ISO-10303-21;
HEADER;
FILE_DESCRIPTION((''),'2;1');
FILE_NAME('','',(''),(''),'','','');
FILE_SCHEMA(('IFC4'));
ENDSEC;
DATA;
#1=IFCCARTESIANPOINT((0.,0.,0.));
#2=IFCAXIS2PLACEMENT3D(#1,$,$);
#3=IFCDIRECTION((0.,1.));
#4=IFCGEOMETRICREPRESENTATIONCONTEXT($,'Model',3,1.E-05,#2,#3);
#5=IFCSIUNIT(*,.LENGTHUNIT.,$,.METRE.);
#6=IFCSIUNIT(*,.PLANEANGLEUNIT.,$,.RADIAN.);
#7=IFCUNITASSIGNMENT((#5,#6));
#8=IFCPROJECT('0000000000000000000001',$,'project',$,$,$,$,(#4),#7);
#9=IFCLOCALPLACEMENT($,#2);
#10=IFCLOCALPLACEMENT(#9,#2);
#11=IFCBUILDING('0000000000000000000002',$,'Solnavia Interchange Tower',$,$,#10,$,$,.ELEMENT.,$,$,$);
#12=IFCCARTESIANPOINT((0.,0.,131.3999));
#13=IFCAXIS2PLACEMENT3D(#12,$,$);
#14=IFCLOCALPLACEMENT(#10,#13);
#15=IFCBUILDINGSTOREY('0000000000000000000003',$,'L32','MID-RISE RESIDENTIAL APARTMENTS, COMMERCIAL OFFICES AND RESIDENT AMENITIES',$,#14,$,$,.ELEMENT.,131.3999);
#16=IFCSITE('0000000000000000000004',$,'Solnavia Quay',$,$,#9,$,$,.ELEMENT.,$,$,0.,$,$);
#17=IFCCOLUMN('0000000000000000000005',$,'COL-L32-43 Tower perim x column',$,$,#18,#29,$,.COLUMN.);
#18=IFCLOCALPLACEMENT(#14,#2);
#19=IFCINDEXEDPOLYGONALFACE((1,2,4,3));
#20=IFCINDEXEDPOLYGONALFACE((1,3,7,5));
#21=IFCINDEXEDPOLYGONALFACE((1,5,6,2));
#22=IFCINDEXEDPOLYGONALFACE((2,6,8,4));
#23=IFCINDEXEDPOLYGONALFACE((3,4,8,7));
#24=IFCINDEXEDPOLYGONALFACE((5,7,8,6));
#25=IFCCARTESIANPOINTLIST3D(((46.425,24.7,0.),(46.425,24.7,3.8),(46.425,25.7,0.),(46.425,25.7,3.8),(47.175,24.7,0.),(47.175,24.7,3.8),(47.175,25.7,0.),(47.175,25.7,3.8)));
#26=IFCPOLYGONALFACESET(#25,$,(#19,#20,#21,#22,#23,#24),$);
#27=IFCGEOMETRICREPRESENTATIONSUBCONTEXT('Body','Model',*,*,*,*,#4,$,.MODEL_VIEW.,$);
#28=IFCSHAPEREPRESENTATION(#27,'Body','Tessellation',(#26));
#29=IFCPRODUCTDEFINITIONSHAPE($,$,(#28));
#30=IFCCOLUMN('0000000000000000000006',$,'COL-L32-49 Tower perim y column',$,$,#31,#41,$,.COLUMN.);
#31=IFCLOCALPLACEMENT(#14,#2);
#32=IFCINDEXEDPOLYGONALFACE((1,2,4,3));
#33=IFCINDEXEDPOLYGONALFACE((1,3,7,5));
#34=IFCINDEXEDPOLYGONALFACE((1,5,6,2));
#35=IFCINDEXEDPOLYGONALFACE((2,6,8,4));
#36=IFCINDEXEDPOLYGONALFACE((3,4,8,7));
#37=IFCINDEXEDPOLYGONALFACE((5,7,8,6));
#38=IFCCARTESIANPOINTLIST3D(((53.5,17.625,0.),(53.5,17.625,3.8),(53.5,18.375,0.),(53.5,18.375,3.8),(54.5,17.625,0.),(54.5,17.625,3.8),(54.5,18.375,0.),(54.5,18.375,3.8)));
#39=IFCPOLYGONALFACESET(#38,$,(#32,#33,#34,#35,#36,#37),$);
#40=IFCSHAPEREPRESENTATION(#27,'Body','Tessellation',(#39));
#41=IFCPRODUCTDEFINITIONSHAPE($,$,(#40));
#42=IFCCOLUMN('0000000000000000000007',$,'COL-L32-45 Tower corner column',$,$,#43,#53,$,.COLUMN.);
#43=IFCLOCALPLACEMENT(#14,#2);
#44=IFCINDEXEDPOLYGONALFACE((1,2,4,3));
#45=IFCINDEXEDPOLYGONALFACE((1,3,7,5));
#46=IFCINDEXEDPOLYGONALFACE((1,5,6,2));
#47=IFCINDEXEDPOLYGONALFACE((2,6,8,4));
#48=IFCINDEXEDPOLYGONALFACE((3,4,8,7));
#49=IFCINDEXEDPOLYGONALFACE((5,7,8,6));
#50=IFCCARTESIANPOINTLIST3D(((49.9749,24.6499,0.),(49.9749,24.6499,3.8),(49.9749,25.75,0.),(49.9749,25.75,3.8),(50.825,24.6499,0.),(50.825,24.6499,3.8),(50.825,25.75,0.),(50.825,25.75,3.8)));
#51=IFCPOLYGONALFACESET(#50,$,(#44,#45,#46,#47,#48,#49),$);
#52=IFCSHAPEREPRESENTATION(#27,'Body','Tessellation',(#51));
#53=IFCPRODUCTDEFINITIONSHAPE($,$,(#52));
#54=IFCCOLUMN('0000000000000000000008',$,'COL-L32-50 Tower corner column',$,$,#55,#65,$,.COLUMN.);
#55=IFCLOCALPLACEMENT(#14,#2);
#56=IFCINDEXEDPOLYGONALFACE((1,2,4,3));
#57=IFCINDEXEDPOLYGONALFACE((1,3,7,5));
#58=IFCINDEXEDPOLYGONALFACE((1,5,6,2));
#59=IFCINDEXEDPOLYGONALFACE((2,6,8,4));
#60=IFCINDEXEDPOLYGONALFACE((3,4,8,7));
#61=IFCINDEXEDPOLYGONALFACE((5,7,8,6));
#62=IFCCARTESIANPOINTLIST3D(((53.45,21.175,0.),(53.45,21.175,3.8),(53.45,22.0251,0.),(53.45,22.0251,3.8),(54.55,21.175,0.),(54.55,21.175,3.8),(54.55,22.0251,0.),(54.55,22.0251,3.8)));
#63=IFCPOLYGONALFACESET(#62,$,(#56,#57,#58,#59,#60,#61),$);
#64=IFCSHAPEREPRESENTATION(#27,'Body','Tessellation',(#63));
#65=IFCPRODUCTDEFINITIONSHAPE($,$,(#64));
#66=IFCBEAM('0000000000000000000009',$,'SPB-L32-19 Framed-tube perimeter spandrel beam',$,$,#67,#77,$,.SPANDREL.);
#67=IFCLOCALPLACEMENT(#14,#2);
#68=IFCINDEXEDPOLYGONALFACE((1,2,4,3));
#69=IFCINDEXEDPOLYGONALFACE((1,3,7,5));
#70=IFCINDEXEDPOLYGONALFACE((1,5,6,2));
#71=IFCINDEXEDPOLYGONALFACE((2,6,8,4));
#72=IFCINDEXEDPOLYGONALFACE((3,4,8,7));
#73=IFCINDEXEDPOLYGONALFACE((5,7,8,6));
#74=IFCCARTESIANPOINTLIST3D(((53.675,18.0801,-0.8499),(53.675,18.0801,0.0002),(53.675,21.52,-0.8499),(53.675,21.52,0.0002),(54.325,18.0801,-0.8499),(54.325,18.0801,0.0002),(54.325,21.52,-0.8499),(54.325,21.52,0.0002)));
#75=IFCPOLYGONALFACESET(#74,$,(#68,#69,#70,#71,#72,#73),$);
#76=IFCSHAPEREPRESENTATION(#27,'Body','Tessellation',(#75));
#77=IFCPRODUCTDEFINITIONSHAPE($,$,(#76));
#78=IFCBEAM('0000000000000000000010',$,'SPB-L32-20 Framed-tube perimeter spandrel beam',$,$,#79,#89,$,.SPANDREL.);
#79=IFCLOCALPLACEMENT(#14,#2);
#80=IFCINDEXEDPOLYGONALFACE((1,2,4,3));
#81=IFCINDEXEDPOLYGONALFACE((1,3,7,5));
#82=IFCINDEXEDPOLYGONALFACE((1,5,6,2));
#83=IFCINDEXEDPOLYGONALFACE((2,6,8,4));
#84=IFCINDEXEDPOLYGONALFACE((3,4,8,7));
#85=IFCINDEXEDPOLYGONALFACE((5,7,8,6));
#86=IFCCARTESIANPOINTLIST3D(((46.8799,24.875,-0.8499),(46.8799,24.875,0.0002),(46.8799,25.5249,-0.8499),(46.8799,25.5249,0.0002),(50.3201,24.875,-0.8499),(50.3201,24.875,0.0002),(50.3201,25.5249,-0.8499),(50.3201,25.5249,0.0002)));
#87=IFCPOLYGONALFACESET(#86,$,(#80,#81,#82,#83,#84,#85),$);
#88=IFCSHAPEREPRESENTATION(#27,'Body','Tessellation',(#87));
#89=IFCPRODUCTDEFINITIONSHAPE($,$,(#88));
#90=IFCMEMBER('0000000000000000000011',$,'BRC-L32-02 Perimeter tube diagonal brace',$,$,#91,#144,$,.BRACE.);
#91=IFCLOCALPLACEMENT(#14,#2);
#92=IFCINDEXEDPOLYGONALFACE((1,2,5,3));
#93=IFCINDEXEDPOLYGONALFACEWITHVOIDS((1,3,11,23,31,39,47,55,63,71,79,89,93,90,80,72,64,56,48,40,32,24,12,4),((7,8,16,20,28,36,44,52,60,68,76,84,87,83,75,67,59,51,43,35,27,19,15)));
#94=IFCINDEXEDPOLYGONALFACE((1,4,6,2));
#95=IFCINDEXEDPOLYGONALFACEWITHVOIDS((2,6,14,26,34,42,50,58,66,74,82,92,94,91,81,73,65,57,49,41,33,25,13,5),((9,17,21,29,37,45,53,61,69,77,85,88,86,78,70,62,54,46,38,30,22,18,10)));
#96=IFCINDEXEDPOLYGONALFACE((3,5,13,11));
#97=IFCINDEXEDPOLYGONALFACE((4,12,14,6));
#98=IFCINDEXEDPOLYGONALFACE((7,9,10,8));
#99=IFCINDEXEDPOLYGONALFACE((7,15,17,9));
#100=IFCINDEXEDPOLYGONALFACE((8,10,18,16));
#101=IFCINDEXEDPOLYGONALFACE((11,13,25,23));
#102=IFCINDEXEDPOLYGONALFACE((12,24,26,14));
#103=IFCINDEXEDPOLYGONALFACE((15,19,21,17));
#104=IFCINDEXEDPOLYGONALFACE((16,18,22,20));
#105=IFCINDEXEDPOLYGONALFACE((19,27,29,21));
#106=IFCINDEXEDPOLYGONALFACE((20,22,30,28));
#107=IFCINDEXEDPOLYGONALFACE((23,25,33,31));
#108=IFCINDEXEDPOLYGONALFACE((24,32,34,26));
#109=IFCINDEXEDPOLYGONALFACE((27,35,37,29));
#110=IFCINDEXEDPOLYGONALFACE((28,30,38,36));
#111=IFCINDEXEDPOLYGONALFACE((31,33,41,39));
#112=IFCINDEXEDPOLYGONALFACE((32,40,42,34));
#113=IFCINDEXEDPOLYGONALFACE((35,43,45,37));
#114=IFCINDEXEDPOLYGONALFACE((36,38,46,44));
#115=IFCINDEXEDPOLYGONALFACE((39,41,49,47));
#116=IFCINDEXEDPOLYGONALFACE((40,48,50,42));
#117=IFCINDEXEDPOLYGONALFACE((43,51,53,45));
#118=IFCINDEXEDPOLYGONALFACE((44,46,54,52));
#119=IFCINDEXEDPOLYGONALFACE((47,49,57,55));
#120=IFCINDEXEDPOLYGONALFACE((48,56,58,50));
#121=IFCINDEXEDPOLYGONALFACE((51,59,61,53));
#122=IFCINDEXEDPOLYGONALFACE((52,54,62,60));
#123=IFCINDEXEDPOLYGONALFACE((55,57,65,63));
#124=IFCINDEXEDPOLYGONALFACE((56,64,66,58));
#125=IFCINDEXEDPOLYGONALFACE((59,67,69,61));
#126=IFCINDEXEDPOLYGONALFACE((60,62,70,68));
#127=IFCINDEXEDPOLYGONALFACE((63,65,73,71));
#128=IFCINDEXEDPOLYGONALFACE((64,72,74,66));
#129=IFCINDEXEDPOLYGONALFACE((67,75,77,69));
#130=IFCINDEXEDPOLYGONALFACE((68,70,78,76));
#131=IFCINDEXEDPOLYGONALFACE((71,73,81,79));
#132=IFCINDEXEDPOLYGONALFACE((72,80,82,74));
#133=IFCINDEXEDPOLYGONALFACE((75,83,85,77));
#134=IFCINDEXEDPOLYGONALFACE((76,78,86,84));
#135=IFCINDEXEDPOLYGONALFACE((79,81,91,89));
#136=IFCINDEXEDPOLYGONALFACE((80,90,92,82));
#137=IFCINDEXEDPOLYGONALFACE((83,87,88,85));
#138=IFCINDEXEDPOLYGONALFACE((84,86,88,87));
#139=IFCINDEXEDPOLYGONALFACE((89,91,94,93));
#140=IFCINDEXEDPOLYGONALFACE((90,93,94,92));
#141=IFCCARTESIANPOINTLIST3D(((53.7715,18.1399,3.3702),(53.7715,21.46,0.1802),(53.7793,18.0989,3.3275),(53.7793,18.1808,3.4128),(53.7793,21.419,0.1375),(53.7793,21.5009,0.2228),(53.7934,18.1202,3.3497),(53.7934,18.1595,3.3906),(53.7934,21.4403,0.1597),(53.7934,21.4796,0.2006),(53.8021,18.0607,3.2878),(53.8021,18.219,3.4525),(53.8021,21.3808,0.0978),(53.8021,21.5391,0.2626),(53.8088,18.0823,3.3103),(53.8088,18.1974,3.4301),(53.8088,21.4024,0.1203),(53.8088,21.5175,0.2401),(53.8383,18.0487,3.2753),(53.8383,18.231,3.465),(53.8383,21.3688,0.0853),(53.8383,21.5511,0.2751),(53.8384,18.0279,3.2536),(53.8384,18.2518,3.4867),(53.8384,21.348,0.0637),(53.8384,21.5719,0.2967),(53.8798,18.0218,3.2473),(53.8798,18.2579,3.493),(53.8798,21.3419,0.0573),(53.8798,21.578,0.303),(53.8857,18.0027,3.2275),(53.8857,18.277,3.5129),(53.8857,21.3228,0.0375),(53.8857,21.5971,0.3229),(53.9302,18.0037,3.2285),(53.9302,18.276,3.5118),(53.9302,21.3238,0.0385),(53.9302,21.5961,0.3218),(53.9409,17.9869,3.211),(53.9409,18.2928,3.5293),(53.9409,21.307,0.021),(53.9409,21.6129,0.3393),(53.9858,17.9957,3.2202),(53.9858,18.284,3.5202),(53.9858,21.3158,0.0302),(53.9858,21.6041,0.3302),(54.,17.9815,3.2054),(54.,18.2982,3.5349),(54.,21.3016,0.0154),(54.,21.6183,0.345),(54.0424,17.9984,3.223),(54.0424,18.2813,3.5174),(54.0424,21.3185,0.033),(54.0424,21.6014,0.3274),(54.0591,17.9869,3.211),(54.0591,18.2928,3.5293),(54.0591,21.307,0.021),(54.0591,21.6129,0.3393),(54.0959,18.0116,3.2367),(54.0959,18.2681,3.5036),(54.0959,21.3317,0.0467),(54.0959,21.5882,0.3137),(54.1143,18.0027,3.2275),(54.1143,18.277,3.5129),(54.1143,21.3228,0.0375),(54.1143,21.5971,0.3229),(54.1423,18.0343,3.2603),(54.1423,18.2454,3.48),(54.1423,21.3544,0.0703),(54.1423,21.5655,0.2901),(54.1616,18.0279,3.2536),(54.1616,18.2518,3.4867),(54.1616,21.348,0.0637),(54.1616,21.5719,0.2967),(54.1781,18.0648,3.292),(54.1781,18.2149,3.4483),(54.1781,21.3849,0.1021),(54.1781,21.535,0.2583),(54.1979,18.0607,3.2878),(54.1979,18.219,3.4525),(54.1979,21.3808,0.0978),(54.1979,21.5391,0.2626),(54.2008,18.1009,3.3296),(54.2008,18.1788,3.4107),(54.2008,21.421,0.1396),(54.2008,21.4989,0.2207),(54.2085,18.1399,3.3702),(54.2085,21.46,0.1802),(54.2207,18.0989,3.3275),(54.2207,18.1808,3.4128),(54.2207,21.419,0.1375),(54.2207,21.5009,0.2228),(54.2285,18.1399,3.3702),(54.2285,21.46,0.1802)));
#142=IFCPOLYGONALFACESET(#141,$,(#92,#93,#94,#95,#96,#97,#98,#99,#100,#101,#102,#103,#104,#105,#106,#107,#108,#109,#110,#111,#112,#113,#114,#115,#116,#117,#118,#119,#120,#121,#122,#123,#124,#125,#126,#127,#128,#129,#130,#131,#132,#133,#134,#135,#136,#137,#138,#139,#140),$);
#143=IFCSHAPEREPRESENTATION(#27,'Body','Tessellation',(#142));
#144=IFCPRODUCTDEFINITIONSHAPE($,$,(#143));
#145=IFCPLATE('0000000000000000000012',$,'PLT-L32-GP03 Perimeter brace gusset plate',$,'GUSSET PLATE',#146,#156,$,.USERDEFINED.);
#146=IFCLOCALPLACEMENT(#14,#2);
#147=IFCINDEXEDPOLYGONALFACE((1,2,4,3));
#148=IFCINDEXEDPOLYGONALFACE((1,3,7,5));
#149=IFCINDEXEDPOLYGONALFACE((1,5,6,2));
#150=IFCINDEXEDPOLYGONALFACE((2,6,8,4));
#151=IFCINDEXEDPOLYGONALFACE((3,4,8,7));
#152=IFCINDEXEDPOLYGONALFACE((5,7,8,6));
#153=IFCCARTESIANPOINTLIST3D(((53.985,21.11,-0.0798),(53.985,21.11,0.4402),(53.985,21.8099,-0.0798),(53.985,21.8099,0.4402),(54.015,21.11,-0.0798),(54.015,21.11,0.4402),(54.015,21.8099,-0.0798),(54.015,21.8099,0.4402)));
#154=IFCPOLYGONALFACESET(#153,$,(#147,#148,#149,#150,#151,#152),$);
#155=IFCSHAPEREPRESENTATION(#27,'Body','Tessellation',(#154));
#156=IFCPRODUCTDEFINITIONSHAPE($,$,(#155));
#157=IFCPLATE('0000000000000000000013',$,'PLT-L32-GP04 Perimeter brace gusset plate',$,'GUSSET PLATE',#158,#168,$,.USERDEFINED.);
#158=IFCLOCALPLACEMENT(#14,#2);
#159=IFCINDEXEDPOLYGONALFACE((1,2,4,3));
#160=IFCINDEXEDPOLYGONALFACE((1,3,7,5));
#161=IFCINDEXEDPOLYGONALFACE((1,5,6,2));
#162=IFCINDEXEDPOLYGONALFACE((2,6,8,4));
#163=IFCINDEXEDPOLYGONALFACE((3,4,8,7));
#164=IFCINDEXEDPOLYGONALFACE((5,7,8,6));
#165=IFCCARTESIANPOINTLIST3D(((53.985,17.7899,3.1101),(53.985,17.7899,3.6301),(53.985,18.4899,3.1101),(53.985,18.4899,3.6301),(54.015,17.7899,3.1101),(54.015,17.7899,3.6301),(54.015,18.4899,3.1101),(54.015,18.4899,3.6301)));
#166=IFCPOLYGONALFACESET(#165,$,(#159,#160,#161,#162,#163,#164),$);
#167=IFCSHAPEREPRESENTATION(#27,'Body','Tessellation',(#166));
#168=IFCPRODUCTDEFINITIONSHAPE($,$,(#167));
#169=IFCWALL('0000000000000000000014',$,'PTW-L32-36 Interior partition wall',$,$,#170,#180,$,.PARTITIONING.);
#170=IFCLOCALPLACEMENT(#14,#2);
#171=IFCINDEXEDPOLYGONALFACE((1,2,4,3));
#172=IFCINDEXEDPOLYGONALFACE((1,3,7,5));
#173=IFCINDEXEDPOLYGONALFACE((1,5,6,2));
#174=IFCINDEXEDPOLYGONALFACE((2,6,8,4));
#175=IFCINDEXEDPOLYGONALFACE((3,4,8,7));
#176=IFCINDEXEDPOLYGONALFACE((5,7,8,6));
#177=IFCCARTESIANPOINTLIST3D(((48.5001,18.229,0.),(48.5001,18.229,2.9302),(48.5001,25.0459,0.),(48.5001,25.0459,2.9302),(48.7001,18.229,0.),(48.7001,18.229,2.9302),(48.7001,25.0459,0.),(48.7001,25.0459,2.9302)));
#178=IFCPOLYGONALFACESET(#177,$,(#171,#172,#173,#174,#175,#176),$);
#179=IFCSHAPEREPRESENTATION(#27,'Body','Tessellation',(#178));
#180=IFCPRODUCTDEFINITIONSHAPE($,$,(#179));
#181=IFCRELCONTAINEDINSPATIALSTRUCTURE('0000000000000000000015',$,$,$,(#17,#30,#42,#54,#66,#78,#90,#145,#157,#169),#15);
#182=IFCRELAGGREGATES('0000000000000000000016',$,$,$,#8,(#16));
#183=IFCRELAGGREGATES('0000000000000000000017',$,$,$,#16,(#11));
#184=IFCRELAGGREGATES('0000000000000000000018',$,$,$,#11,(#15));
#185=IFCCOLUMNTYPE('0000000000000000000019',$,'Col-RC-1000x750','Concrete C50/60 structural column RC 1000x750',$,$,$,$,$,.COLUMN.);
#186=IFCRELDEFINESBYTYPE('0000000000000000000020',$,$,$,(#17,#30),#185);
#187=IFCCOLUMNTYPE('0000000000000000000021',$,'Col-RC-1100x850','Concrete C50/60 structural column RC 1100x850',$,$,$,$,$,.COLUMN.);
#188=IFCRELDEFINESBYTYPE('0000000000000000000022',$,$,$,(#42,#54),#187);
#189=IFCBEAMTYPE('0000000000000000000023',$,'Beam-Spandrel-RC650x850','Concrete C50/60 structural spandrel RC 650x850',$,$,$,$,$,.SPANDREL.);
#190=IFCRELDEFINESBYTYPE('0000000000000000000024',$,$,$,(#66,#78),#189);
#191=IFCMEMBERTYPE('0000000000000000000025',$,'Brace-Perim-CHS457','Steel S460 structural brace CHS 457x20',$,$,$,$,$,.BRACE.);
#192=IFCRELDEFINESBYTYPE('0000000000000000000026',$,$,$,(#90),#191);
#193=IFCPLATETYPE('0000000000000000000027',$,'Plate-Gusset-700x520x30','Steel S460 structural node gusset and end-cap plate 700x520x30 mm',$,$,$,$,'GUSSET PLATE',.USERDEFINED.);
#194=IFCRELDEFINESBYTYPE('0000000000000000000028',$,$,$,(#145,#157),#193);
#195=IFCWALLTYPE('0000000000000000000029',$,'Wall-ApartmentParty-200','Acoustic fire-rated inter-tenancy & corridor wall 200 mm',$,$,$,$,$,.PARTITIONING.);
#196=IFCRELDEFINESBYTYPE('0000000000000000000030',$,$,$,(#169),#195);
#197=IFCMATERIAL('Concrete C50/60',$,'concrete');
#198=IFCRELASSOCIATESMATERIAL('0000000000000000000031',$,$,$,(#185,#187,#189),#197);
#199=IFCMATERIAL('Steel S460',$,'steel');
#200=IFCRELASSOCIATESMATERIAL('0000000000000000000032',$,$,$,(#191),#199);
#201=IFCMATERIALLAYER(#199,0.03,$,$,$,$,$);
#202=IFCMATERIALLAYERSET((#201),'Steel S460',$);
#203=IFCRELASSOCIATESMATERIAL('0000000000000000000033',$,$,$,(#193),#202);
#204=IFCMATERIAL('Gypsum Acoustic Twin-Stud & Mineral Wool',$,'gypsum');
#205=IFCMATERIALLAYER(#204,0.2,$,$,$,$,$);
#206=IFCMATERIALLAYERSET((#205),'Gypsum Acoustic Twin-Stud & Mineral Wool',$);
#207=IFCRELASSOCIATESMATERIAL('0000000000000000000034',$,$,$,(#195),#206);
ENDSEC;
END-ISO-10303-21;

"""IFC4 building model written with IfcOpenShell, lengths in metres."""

from ifc_helpers import new_model, si_unit, direction, frame, frame_2d, origin, origin_2d, place, context, subcontext, project, spatial, rectangle, hollow_circle, extrude, material, layer, layer_set, material_profile, profile_set, type_object, element, save


model = new_model("IFC4")

# Units and contexts
model_context = context("Model", 3, precision=1e-05, world=origin(), true_north=direction((0.0, 1.0)))
body_context = subcontext(model_context, "Body", "Model", "MODEL_VIEW")
ifc_project = project(units=[si_unit("LENGTHUNIT", "METRE"), si_unit("PLANEANGLEUNIT", "RADIAN")], contexts=[model_context])

# Site, building, storey
site_placement = place(None, origin())
site = spatial("IfcSite", under=ifc_project, at=site_placement, Name="Solnavia Quay", CompositionType="ELEMENT", RefElevation=0.0)
building_placement = place(site_placement, origin())
building = spatial("IfcBuilding", under=site, at=building_placement, Name="Solnavia Interchange Tower", CompositionType="ELEMENT")
storey_placement = place(building_placement, frame((0.0, 0.0, 131.3999)))
storey = spatial("IfcBuildingStorey", under=building, at=storey_placement, Name="L32", Description="MID-RISE RESIDENTIAL APARTMENTS, COMMERCIAL OFFICES AND RESIDENT AMENITIES", CompositionType="ELEMENT", Elevation=131.3999)

# Columns
ifc_material_1 = material(Name="Concrete C50/60", Category="concrete")
ifc_material_profile_1 = material_profile(ifc_material_1, rectangle(XDim=0.75, YDim=1.0, at=origin_2d()), Name="RC 1000x750")
ifc_profile_set_1 = profile_set([ifc_material_profile_1], Name="Concrete C50/60")
column_type_1 = type_object("IfcColumnType", Name="Col-RC-1000x750", Description="Concrete C50/60 structural column RC 1000x750", PredefinedType="COLUMN", material=ifc_profile_set_1)
for number, where, z_axis, x_axis, name in (
    (1, (46.8, 25.2, 0.0), (0.0, 0.0, 1.0), (1.0, 0.0, 0.0), "COL-L32-43 Tower perim x column"),
    (2, (54.0, 18.0, 0.0), (0.0, 0.0, 1.0), (0.0, 1.0, 0.0), "COL-L32-49 Tower perim y column"),
):
    element("IfcColumn", number, at=place(storey_placement, frame(where, z_axis=z_axis, x_axis=x_axis)), inside=storey, type_object=column_type_1, Name=name, PredefinedType="COLUMN", context=body_context, shape_type="SweptSolid", body=[
        extrude(rectangle(XDim=0.75, YDim=1.0, at=origin_2d()), origin(), (0.0, 0.0, 1.0), 3.8),
    ])
ifc_material_profile_2 = material_profile(ifc_material_1, rectangle(XDim=0.8501, YDim=1.1001, at=origin_2d()), Name="RC 1100x850")
ifc_profile_set_2 = profile_set([ifc_material_profile_2], Name="Concrete C50/60")
column_type_2 = type_object("IfcColumnType", Name="Col-RC-1100x850", Description="Concrete C50/60 structural column RC 1100x850", PredefinedType="COLUMN", material=ifc_profile_set_2)
for number, where, z_axis, x_axis, name in (
    (3, (50.3999, 25.2, 0.0), (0.0, 0.0, 1.0), (1.0, 0.0, 0.0), "COL-L32-45 Tower corner column"),
    (4, (54.0, 21.6001, 0.0), (0.0, 0.0, 1.0), (0.0, 1.0, 0.0), "COL-L32-50 Tower corner column"),
):
    element("IfcColumn", number, at=place(storey_placement, frame(where, z_axis=z_axis, x_axis=x_axis)), inside=storey, type_object=column_type_2, Name=name, PredefinedType="COLUMN", context=body_context, shape_type="SweptSolid", body=[
        extrude(rectangle(XDim=0.8501, YDim=1.1001, at=origin_2d()), origin(), (0.0, 0.0, 1.0), 3.8),
    ])

# Beams
ifc_material_profile_3 = material_profile(ifc_material_1, rectangle(XDim=0.6499, YDim=0.8501, at=origin_2d()), Name="RC 650x850")
ifc_profile_set_3 = profile_set([ifc_material_profile_3], Name="Concrete C50/60")
beam_type = type_object("IfcBeamType", Name="Beam-Spandrel-RC650x850", Description="Concrete C50/60 structural spandrel RC 650x850", PredefinedType="SPANDREL", material=ifc_profile_set_3)
beam_1_placement = place(storey_placement, frame((54.0, 18.0801, -0.4248), z_axis=(0.0, 1.0, 0.0), x_axis=(-1.0, 0.0, 0.0)))
element("IfcBeam", 5, at=beam_1_placement, inside=storey, type_object=beam_type, Name="SPB-L32-19 Framed-tube perimeter spandrel beam", PredefinedType="SPANDREL", context=body_context, shape_type="SweptSolid", body=[
    extrude(rectangle(XDim=0.6499, YDim=0.8501, at=origin_2d()), origin(), (0.0, 0.0, 1.0), 3.4399),
])
beam_2_placement = place(storey_placement, frame((50.3201, 25.2, -0.4248), z_axis=(-1.0, 0.0, 0.0), x_axis=(0.0, -1.0, 0.0)))
element("IfcBeam", 6, at=beam_2_placement, inside=storey, type_object=beam_type, Name="SPB-L32-20 Framed-tube perimeter spandrel beam", PredefinedType="SPANDREL", context=body_context, shape_type="SweptSolid", body=[
    extrude(rectangle(XDim=0.6499, YDim=0.8501, at=origin_2d()), origin(), (0.0, 0.0, 1.0), 3.4402),
])

# Member
ifc_material_2 = material(Name="Steel S460", Category="steel")
ifc_material_profile_4 = material_profile(ifc_material_2, hollow_circle(Radius=0.2285, WallThickness=0.02, at=origin_2d()), Name="CHS 457x20")
ifc_profile_set_4 = profile_set([ifc_material_profile_4], Name="Steel S460")
member_type = type_object("IfcMemberType", Name="Brace-Perim-CHS457", Description="Steel S460 structural brace CHS 457x20", PredefinedType="BRACE", material=ifc_profile_set_4)
member_placement = place(storey_placement, frame((54.0, 21.46, 0.1802), z_axis=(0.0, -0.721097, 0.692834), x_axis=(1.0, 0.0, 0.0)))
element("IfcMember", 7, at=member_placement, inside=storey, type_object=member_type, Name="BRC-L32-02 Perimeter tube diagonal brace", PredefinedType="BRACE", context=body_context, shape_type="SweptSolid", body=[
    extrude(hollow_circle(Radius=0.2285, WallThickness=0.02, at=origin_2d()), origin(), (0.0, 0.0, 1.0), 4.6042),
])

# Plates
ifc_layer_1 = layer(ifc_material_2, 0.03)
ifc_layer_set_1 = layer_set([ifc_layer_1], Name="Steel S460")
plate_type = type_object("IfcPlateType", Name="Plate-Gusset-700x520x30", Description="Steel S460 structural node gusset and end-cap plate 700x520x30 mm", ElementType="GUSSET PLATE", PredefinedType="USERDEFINED", material=ifc_layer_set_1)
for number, where, z_axis, x_axis, name in (
    (8, (54.0, 21.46, -0.0798), (0.0, 0.0, 1.0), (0.0, -1.0, 0.0), "PLT-L32-GP03 Perimeter brace gusset plate"),
    (9, (54.0, 18.1399, 3.1101), (0.0, 0.0, 1.0), (0.0, -1.0, 0.0), "PLT-L32-GP04 Perimeter brace gusset plate"),
):
    element("IfcPlate", number, at=place(storey_placement, frame(where, z_axis=z_axis, x_axis=x_axis)), inside=storey, type_object=plate_type, Name=name, ObjectType="GUSSET PLATE", PredefinedType="USERDEFINED", context=body_context, shape_type="SweptSolid", body=[
        extrude(rectangle(XDim=0.7, YDim=0.03, at=origin_2d()), origin(), (0.0, 0.0, 1.0), 0.52),
    ])

# Wall
ifc_material_3 = material(Name="Gypsum Acoustic Twin-Stud & Mineral Wool", Category="gypsum")
ifc_layer_2 = layer(ifc_material_3, 0.2)
ifc_layer_set_2 = layer_set([ifc_layer_2], Name="Gypsum Acoustic Twin-Stud & Mineral Wool")
wall_type_1 = type_object("IfcWallType", Name="Wall-ApartmentParty-200", Description="Acoustic fire-rated inter-tenancy & corridor wall 200 mm", PredefinedType="PARTITIONING", material=ifc_layer_set_2)
wall_1_placement = place(storey_placement, frame((48.6001, 18.229, 0.0), z_axis=(0.0, 0.0, 1.0), x_axis=(0.0, 1.0, 0.0)))
element("IfcWall", 10, at=wall_1_placement, inside=storey, type_object=wall_type_1, Name="PTW-L32-36 Interior partition wall", PredefinedType="PARTITIONING", context=body_context, shape_type="SweptSolid", body=[
    extrude(rectangle(XDim=6.8169, YDim=0.2, at=frame_2d((3.4084, 0.0))), origin(), (0.0, 0.0, 1.0), 2.9302),
])

save(model, "model.ifc")
